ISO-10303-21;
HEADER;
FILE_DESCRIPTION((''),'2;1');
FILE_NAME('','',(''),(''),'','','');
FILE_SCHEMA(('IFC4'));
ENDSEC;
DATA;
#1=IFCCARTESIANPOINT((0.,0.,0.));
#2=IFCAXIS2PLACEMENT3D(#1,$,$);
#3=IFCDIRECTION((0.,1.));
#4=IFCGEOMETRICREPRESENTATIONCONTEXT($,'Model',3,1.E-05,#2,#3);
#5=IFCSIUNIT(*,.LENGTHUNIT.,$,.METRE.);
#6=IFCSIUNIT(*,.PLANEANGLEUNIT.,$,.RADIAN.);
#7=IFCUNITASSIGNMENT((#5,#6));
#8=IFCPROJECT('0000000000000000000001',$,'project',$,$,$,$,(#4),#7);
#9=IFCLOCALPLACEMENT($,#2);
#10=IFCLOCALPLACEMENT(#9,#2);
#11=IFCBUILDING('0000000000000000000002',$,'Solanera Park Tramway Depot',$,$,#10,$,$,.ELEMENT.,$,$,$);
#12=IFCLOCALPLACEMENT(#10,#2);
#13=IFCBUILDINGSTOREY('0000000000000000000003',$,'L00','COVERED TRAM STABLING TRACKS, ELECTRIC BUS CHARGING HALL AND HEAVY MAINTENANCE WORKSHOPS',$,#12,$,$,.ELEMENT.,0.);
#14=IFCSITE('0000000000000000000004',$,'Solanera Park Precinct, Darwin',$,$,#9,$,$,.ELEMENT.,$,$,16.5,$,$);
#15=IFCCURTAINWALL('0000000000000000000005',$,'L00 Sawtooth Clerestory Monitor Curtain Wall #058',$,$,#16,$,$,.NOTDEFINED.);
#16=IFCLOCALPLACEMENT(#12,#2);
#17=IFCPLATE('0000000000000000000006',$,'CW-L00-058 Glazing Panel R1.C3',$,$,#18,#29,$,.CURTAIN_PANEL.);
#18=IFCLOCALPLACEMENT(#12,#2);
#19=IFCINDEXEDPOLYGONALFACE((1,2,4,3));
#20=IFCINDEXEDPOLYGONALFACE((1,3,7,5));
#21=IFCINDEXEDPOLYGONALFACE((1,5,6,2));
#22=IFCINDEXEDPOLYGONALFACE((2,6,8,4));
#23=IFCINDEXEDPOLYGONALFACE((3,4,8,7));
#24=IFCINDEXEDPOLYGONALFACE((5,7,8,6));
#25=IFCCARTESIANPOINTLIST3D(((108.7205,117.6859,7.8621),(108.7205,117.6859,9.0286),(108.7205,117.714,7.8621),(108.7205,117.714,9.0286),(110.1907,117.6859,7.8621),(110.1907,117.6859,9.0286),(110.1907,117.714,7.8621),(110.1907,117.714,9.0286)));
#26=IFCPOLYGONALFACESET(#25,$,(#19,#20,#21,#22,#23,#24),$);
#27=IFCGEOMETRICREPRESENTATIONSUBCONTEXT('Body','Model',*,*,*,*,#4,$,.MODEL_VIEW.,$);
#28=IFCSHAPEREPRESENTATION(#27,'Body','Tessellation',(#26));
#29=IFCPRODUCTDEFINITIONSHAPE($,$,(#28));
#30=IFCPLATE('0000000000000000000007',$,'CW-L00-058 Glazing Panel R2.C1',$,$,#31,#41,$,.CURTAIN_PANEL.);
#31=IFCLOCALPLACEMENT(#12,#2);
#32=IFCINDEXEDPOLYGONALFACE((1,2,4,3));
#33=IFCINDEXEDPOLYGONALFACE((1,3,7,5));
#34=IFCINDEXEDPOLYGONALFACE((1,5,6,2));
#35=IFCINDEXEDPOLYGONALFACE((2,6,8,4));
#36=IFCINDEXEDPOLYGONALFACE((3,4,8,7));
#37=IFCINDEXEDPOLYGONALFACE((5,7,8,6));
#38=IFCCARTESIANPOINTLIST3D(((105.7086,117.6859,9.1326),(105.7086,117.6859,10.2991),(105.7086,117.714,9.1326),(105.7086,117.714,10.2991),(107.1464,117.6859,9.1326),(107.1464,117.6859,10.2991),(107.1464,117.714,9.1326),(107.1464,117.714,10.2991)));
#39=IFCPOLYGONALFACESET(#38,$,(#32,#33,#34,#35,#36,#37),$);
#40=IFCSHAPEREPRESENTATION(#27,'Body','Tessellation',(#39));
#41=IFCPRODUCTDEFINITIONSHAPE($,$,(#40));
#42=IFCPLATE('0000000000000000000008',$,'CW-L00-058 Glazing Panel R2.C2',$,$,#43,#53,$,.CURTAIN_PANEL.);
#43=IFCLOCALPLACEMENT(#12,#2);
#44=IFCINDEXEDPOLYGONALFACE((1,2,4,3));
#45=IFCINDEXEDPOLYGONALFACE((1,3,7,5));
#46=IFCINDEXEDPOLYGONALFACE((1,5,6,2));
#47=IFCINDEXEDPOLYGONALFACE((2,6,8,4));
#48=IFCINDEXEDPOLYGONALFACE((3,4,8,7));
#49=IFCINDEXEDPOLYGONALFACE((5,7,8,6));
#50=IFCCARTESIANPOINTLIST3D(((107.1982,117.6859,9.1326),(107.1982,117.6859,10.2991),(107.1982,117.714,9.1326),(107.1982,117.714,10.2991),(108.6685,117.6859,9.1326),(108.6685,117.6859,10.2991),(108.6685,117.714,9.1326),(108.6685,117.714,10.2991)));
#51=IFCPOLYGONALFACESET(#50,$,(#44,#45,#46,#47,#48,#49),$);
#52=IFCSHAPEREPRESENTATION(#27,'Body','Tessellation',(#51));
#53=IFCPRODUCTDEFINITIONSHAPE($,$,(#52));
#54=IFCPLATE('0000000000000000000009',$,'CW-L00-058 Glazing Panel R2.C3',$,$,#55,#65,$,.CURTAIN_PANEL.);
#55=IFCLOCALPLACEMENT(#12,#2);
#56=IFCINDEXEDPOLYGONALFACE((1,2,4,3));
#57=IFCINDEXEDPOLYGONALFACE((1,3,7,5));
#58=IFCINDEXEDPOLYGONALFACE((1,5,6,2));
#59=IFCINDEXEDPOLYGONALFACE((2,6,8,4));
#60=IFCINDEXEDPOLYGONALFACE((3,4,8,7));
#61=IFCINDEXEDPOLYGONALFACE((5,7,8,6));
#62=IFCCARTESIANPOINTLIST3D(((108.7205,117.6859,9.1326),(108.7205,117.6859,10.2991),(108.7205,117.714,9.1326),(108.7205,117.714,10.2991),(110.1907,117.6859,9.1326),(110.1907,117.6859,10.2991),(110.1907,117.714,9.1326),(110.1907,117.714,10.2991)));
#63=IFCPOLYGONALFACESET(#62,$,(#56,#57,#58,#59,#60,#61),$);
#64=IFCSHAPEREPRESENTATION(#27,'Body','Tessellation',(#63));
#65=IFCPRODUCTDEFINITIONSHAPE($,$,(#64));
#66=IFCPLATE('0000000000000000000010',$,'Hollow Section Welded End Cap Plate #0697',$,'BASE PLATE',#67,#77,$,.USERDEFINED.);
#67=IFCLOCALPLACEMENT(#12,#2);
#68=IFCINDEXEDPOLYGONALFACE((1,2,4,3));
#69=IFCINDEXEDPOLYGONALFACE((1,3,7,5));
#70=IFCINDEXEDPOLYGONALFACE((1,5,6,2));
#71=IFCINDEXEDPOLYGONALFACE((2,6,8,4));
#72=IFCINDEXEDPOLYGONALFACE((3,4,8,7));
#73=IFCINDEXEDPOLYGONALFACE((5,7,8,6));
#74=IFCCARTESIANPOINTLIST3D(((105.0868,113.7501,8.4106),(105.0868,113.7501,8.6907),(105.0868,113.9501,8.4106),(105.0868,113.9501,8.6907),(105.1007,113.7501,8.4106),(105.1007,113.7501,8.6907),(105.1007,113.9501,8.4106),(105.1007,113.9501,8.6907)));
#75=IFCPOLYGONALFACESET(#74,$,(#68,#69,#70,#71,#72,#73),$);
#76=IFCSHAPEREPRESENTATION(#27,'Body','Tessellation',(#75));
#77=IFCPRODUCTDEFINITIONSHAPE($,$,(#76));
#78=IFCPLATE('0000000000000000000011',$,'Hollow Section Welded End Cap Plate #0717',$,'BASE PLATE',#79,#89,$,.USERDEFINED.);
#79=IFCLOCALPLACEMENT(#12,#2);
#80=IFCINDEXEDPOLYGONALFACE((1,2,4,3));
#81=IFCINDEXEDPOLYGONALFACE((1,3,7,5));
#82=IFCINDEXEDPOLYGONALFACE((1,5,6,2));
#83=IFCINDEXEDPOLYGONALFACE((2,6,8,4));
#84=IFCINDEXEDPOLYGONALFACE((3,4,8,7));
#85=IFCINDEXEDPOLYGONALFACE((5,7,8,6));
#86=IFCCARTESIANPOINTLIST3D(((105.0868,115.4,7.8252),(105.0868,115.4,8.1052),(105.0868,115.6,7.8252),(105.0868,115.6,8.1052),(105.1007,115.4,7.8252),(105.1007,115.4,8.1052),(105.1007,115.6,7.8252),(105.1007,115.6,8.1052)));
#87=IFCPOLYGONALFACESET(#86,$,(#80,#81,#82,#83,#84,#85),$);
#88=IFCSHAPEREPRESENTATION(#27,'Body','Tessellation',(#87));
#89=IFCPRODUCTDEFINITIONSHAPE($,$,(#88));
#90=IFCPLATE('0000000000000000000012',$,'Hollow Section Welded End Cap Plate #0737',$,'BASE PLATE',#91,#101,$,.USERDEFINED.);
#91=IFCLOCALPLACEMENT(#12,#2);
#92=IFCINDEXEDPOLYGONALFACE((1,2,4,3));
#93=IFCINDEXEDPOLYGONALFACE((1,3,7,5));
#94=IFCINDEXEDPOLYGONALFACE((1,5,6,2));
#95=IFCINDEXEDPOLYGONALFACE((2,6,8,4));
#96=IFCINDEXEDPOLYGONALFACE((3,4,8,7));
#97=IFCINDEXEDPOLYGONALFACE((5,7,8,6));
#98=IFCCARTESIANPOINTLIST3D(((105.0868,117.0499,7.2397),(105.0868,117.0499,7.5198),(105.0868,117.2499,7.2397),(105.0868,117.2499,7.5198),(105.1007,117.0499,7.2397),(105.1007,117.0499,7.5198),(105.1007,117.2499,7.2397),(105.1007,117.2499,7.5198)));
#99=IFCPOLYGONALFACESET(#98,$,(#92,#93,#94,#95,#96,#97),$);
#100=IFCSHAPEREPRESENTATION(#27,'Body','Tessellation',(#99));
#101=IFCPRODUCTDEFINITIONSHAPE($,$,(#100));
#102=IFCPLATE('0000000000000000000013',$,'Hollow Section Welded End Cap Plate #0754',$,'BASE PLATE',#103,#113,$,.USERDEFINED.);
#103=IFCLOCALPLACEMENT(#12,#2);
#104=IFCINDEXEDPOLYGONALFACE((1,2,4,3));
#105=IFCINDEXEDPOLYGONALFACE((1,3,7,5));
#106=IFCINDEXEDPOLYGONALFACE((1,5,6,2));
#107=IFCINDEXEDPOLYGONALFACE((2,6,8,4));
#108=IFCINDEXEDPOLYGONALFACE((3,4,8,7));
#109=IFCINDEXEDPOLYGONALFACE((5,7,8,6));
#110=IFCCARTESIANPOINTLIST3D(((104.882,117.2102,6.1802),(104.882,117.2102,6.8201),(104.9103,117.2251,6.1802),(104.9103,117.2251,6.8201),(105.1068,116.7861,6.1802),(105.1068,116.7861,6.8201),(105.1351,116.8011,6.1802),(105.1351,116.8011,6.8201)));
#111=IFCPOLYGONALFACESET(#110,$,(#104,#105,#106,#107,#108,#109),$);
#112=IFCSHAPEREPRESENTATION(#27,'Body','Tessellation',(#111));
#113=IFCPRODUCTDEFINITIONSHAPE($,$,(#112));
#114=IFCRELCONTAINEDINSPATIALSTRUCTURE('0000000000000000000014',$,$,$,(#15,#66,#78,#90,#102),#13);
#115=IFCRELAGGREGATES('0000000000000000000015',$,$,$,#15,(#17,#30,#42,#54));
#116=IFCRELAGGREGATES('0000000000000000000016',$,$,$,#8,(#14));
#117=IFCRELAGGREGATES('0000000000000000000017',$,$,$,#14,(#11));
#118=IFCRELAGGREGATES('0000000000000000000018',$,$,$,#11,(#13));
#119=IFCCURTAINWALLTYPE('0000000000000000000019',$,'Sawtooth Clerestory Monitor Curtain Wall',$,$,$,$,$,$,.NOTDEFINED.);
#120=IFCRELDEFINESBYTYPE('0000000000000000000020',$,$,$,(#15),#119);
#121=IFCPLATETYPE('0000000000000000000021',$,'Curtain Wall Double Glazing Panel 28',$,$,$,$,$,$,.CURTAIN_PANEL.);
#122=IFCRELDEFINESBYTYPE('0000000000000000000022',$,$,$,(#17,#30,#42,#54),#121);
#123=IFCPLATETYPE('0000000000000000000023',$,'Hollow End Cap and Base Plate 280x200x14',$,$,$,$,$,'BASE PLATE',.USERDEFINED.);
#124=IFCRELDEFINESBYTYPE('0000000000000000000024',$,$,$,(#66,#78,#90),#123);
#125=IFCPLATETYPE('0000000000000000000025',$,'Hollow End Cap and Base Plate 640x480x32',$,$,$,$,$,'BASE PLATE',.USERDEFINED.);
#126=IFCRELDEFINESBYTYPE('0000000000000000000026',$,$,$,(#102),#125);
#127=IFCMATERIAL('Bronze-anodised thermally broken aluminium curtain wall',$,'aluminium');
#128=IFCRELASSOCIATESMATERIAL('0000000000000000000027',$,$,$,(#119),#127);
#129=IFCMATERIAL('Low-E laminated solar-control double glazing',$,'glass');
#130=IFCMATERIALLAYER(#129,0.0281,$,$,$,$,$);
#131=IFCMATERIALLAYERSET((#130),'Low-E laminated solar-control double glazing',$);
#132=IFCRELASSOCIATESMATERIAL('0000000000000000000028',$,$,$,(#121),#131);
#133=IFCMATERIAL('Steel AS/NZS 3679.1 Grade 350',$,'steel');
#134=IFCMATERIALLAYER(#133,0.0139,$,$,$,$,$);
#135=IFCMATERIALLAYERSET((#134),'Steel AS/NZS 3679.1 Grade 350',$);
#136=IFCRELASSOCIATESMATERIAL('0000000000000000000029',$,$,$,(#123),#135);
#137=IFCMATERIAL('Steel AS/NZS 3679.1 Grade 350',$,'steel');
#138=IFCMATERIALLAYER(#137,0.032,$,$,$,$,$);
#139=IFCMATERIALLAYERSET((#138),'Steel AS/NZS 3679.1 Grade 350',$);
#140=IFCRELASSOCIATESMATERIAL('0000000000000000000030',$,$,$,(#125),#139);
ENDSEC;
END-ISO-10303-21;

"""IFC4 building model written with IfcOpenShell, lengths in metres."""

from ifc_helpers import new_model, si_unit, direction, frame, origin, origin_2d, place, context, subcontext, project, spatial, rectangle, extrude, material, layer, layer_set, type_object, element, aggregate, save


model = new_model("IFC4")

# Units and contexts
model_context = context("Model", 3, precision=1e-05, world=origin(), true_north=direction((0.0, 1.0)))
body_context = subcontext(model_context, "Body", "Model", "MODEL_VIEW")
ifc_project = project(units=[si_unit("LENGTHUNIT", "METRE"), si_unit("PLANEANGLEUNIT", "RADIAN")], contexts=[model_context])

# Site, building, storey
site_placement = place(None, origin())
site = spatial("IfcSite", under=ifc_project, at=site_placement, Name="Solanera Park Precinct, Darwin", CompositionType="ELEMENT", RefElevation=16.5)
building_placement = place(site_placement, origin())
building = spatial("IfcBuilding", under=site, at=building_placement, Name="Solanera Park Tramway Depot", CompositionType="ELEMENT")
storey_placement = place(building_placement, origin())
storey = spatial("IfcBuildingStorey", under=building, at=storey_placement, Name="L00", Description="COVERED TRAM STABLING TRACKS, ELECTRIC BUS CHARGING HALL AND HEAVY MAINTENANCE WORKSHOPS", CompositionType="ELEMENT", Elevation=0.0)

# Curtain wall
ifc_material_1 = material(Name="Bronze-anodised thermally broken aluminium curtain wall", Category="aluminium")
curtain_wall_type = type_object("IfcCurtainWallType", Name="Sawtooth Clerestory Monitor Curtain Wall", PredefinedType="NOTDEFINED", material=ifc_material_1)
curtain_wall_1_placement = place(storey_placement, origin())
curtain_wall_1 = element("IfcCurtainWall", 1, at=curtain_wall_1_placement, inside=storey, type_object=curtain_wall_type, Name="L00 Sawtooth Clerestory Monitor Curtain Wall #058", PredefinedType="NOTDEFINED")

# Plates
ifc_material_2 = material(Name="Low-E laminated solar-control double glazing", Category="glass")
ifc_layer_1 = layer(ifc_material_2, 0.0281)
ifc_layer_set_1 = layer_set([ifc_layer_1], Name="Low-E laminated solar-control double glazing")
plate_type_1 = type_object("IfcPlateType", Name="Curtain Wall Double Glazing Panel 28", PredefinedType="CURTAIN_PANEL", material=ifc_layer_set_1)
plate_1_placement = place(storey_placement, frame((109.4556, 117.7, 7.8621), z_axis=(0.0, 0.0, 1.0), x_axis=(1.0, 0.0, 0.0)))
plate_1 = element("IfcPlate", 2, at=plate_1_placement, type_object=plate_type_1, Name="CW-L00-058 Glazing Panel R1.C3", PredefinedType="CURTAIN_PANEL", context=body_context, shape_type="SweptSolid", body=[
    extrude(rectangle(XDim=1.4702, YDim=0.0281, at=origin_2d()), origin(), (0.0, 0.0, 1.0), 1.1665),
])
plate_2_placement = place(storey_placement, frame((106.4275, 117.7, 9.1326), z_axis=(0.0, 0.0, 1.0), x_axis=(1.0, 0.0, 0.0)))
plate_2 = element("IfcPlate", 3, at=plate_2_placement, type_object=plate_type_1, Name="CW-L00-058 Glazing Panel R2.C1", PredefinedType="CURTAIN_PANEL", context=body_context, shape_type="SweptSolid", body=[
    extrude(rectangle(XDim=1.4377, YDim=0.0281, at=origin_2d()), origin(), (0.0, 0.0, 1.0), 1.1665),
])
plate_3_placement = place(storey_placement, frame((107.9333, 117.7, 9.1326), z_axis=(0.0, 0.0, 1.0), x_axis=(1.0, 0.0, 0.0)))
plate_3 = element("IfcPlate", 4, at=plate_3_placement, type_object=plate_type_1, Name="CW-L00-058 Glazing Panel R2.C2", PredefinedType="CURTAIN_PANEL", context=body_context, shape_type="SweptSolid", body=[
    extrude(rectangle(XDim=1.4702, YDim=0.0281, at=origin_2d()), origin(), (0.0, 0.0, 1.0), 1.1665),
])
plate_4_placement = place(storey_placement, frame((109.4556, 117.7, 9.1326), z_axis=(0.0, 0.0, 1.0), x_axis=(1.0, 0.0, 0.0)))
plate_4 = element("IfcPlate", 5, at=plate_4_placement, type_object=plate_type_1, Name="CW-L00-058 Glazing Panel R2.C3", PredefinedType="CURTAIN_PANEL", context=body_context, shape_type="SweptSolid", body=[
    extrude(rectangle(XDim=1.4702, YDim=0.0281, at=origin_2d()), origin(), (0.0, 0.0, 1.0), 1.1665),
])
aggregate(curtain_wall_1, [plate_1, plate_2, plate_3, plate_4])

# Plates
ifc_material_3 = material(Name="Steel AS/NZS 3679.1 Grade 350", Category="steel")
ifc_layer_2 = layer(ifc_material_3, 0.0139)
ifc_layer_set_2 = layer_set([ifc_layer_2], Name="Steel AS/NZS 3679.1 Grade 350")
plate_type_2 = type_object("IfcPlateType", Name="Hollow End Cap and Base Plate 280x200x14", ElementType="BASE PLATE", PredefinedType="USERDEFINED", material=ifc_layer_set_2)
for number, where, z_axis, x_axis, name in (
    (6, (105.0938, 113.8501, 8.4106), (0.0, 0.0, 1.0), (1.0, 0.0, 0.0), "Hollow Section Welded End Cap Plate #0697"),
    (7, (105.0938, 115.5, 7.8252), (0.0, 0.0, 1.0), (1.0, 0.0, 0.0), "Hollow Section Welded End Cap Plate #0717"),
    (8, (105.0938, 117.1499, 7.2397), (0.0, 0.0, 1.0), (1.0, 0.0, 0.0), "Hollow Section Welded End Cap Plate #0737"),
):
    element("IfcPlate", number, at=place(storey_placement, frame(where, z_axis=z_axis, x_axis=x_axis)), inside=storey, type_object=plate_type_2, Name=name, ObjectType="BASE PLATE", PredefinedType="USERDEFINED", context=body_context, shape_type="SweptSolid", body=[
        extrude(rectangle(XDim=0.0139, YDim=0.2, at=origin_2d()), origin(), (0.0, 0.0, 1.0), 0.28),
    ])
ifc_material_4 = material(Name="Steel AS/NZS 3679.1 Grade 350", Category="steel")
ifc_layer_3 = layer(ifc_material_4, 0.032)
ifc_layer_set_3 = layer_set([ifc_layer_3], Name="Steel AS/NZS 3679.1 Grade 350")
plate_type_3 = type_object("IfcPlateType", Name="Hollow End Cap and Base Plate 640x480x32", ElementType="BASE PLATE", PredefinedType="USERDEFINED", material=ifc_layer_set_3)
plate_5_placement = place(storey_placement, frame((105.0085, 117.0056, 6.1802), z_axis=(0.0, 0.0, 1.0), x_axis=(0.883521, 0.468392, 0.0)))
element("IfcPlate", 9, at=plate_5_placement, inside=storey, type_object=plate_type_3, Name="Hollow Section Welded End Cap Plate #0754", ObjectType="BASE PLATE", PredefinedType="USERDEFINED", context=body_context, shape_type="SweptSolid", body=[
    extrude(rectangle(XDim=0.032, YDim=0.48, at=origin_2d()), origin(), (0.0, 0.0, 1.0), 0.6399),
])

save(model, "model.ifc")
